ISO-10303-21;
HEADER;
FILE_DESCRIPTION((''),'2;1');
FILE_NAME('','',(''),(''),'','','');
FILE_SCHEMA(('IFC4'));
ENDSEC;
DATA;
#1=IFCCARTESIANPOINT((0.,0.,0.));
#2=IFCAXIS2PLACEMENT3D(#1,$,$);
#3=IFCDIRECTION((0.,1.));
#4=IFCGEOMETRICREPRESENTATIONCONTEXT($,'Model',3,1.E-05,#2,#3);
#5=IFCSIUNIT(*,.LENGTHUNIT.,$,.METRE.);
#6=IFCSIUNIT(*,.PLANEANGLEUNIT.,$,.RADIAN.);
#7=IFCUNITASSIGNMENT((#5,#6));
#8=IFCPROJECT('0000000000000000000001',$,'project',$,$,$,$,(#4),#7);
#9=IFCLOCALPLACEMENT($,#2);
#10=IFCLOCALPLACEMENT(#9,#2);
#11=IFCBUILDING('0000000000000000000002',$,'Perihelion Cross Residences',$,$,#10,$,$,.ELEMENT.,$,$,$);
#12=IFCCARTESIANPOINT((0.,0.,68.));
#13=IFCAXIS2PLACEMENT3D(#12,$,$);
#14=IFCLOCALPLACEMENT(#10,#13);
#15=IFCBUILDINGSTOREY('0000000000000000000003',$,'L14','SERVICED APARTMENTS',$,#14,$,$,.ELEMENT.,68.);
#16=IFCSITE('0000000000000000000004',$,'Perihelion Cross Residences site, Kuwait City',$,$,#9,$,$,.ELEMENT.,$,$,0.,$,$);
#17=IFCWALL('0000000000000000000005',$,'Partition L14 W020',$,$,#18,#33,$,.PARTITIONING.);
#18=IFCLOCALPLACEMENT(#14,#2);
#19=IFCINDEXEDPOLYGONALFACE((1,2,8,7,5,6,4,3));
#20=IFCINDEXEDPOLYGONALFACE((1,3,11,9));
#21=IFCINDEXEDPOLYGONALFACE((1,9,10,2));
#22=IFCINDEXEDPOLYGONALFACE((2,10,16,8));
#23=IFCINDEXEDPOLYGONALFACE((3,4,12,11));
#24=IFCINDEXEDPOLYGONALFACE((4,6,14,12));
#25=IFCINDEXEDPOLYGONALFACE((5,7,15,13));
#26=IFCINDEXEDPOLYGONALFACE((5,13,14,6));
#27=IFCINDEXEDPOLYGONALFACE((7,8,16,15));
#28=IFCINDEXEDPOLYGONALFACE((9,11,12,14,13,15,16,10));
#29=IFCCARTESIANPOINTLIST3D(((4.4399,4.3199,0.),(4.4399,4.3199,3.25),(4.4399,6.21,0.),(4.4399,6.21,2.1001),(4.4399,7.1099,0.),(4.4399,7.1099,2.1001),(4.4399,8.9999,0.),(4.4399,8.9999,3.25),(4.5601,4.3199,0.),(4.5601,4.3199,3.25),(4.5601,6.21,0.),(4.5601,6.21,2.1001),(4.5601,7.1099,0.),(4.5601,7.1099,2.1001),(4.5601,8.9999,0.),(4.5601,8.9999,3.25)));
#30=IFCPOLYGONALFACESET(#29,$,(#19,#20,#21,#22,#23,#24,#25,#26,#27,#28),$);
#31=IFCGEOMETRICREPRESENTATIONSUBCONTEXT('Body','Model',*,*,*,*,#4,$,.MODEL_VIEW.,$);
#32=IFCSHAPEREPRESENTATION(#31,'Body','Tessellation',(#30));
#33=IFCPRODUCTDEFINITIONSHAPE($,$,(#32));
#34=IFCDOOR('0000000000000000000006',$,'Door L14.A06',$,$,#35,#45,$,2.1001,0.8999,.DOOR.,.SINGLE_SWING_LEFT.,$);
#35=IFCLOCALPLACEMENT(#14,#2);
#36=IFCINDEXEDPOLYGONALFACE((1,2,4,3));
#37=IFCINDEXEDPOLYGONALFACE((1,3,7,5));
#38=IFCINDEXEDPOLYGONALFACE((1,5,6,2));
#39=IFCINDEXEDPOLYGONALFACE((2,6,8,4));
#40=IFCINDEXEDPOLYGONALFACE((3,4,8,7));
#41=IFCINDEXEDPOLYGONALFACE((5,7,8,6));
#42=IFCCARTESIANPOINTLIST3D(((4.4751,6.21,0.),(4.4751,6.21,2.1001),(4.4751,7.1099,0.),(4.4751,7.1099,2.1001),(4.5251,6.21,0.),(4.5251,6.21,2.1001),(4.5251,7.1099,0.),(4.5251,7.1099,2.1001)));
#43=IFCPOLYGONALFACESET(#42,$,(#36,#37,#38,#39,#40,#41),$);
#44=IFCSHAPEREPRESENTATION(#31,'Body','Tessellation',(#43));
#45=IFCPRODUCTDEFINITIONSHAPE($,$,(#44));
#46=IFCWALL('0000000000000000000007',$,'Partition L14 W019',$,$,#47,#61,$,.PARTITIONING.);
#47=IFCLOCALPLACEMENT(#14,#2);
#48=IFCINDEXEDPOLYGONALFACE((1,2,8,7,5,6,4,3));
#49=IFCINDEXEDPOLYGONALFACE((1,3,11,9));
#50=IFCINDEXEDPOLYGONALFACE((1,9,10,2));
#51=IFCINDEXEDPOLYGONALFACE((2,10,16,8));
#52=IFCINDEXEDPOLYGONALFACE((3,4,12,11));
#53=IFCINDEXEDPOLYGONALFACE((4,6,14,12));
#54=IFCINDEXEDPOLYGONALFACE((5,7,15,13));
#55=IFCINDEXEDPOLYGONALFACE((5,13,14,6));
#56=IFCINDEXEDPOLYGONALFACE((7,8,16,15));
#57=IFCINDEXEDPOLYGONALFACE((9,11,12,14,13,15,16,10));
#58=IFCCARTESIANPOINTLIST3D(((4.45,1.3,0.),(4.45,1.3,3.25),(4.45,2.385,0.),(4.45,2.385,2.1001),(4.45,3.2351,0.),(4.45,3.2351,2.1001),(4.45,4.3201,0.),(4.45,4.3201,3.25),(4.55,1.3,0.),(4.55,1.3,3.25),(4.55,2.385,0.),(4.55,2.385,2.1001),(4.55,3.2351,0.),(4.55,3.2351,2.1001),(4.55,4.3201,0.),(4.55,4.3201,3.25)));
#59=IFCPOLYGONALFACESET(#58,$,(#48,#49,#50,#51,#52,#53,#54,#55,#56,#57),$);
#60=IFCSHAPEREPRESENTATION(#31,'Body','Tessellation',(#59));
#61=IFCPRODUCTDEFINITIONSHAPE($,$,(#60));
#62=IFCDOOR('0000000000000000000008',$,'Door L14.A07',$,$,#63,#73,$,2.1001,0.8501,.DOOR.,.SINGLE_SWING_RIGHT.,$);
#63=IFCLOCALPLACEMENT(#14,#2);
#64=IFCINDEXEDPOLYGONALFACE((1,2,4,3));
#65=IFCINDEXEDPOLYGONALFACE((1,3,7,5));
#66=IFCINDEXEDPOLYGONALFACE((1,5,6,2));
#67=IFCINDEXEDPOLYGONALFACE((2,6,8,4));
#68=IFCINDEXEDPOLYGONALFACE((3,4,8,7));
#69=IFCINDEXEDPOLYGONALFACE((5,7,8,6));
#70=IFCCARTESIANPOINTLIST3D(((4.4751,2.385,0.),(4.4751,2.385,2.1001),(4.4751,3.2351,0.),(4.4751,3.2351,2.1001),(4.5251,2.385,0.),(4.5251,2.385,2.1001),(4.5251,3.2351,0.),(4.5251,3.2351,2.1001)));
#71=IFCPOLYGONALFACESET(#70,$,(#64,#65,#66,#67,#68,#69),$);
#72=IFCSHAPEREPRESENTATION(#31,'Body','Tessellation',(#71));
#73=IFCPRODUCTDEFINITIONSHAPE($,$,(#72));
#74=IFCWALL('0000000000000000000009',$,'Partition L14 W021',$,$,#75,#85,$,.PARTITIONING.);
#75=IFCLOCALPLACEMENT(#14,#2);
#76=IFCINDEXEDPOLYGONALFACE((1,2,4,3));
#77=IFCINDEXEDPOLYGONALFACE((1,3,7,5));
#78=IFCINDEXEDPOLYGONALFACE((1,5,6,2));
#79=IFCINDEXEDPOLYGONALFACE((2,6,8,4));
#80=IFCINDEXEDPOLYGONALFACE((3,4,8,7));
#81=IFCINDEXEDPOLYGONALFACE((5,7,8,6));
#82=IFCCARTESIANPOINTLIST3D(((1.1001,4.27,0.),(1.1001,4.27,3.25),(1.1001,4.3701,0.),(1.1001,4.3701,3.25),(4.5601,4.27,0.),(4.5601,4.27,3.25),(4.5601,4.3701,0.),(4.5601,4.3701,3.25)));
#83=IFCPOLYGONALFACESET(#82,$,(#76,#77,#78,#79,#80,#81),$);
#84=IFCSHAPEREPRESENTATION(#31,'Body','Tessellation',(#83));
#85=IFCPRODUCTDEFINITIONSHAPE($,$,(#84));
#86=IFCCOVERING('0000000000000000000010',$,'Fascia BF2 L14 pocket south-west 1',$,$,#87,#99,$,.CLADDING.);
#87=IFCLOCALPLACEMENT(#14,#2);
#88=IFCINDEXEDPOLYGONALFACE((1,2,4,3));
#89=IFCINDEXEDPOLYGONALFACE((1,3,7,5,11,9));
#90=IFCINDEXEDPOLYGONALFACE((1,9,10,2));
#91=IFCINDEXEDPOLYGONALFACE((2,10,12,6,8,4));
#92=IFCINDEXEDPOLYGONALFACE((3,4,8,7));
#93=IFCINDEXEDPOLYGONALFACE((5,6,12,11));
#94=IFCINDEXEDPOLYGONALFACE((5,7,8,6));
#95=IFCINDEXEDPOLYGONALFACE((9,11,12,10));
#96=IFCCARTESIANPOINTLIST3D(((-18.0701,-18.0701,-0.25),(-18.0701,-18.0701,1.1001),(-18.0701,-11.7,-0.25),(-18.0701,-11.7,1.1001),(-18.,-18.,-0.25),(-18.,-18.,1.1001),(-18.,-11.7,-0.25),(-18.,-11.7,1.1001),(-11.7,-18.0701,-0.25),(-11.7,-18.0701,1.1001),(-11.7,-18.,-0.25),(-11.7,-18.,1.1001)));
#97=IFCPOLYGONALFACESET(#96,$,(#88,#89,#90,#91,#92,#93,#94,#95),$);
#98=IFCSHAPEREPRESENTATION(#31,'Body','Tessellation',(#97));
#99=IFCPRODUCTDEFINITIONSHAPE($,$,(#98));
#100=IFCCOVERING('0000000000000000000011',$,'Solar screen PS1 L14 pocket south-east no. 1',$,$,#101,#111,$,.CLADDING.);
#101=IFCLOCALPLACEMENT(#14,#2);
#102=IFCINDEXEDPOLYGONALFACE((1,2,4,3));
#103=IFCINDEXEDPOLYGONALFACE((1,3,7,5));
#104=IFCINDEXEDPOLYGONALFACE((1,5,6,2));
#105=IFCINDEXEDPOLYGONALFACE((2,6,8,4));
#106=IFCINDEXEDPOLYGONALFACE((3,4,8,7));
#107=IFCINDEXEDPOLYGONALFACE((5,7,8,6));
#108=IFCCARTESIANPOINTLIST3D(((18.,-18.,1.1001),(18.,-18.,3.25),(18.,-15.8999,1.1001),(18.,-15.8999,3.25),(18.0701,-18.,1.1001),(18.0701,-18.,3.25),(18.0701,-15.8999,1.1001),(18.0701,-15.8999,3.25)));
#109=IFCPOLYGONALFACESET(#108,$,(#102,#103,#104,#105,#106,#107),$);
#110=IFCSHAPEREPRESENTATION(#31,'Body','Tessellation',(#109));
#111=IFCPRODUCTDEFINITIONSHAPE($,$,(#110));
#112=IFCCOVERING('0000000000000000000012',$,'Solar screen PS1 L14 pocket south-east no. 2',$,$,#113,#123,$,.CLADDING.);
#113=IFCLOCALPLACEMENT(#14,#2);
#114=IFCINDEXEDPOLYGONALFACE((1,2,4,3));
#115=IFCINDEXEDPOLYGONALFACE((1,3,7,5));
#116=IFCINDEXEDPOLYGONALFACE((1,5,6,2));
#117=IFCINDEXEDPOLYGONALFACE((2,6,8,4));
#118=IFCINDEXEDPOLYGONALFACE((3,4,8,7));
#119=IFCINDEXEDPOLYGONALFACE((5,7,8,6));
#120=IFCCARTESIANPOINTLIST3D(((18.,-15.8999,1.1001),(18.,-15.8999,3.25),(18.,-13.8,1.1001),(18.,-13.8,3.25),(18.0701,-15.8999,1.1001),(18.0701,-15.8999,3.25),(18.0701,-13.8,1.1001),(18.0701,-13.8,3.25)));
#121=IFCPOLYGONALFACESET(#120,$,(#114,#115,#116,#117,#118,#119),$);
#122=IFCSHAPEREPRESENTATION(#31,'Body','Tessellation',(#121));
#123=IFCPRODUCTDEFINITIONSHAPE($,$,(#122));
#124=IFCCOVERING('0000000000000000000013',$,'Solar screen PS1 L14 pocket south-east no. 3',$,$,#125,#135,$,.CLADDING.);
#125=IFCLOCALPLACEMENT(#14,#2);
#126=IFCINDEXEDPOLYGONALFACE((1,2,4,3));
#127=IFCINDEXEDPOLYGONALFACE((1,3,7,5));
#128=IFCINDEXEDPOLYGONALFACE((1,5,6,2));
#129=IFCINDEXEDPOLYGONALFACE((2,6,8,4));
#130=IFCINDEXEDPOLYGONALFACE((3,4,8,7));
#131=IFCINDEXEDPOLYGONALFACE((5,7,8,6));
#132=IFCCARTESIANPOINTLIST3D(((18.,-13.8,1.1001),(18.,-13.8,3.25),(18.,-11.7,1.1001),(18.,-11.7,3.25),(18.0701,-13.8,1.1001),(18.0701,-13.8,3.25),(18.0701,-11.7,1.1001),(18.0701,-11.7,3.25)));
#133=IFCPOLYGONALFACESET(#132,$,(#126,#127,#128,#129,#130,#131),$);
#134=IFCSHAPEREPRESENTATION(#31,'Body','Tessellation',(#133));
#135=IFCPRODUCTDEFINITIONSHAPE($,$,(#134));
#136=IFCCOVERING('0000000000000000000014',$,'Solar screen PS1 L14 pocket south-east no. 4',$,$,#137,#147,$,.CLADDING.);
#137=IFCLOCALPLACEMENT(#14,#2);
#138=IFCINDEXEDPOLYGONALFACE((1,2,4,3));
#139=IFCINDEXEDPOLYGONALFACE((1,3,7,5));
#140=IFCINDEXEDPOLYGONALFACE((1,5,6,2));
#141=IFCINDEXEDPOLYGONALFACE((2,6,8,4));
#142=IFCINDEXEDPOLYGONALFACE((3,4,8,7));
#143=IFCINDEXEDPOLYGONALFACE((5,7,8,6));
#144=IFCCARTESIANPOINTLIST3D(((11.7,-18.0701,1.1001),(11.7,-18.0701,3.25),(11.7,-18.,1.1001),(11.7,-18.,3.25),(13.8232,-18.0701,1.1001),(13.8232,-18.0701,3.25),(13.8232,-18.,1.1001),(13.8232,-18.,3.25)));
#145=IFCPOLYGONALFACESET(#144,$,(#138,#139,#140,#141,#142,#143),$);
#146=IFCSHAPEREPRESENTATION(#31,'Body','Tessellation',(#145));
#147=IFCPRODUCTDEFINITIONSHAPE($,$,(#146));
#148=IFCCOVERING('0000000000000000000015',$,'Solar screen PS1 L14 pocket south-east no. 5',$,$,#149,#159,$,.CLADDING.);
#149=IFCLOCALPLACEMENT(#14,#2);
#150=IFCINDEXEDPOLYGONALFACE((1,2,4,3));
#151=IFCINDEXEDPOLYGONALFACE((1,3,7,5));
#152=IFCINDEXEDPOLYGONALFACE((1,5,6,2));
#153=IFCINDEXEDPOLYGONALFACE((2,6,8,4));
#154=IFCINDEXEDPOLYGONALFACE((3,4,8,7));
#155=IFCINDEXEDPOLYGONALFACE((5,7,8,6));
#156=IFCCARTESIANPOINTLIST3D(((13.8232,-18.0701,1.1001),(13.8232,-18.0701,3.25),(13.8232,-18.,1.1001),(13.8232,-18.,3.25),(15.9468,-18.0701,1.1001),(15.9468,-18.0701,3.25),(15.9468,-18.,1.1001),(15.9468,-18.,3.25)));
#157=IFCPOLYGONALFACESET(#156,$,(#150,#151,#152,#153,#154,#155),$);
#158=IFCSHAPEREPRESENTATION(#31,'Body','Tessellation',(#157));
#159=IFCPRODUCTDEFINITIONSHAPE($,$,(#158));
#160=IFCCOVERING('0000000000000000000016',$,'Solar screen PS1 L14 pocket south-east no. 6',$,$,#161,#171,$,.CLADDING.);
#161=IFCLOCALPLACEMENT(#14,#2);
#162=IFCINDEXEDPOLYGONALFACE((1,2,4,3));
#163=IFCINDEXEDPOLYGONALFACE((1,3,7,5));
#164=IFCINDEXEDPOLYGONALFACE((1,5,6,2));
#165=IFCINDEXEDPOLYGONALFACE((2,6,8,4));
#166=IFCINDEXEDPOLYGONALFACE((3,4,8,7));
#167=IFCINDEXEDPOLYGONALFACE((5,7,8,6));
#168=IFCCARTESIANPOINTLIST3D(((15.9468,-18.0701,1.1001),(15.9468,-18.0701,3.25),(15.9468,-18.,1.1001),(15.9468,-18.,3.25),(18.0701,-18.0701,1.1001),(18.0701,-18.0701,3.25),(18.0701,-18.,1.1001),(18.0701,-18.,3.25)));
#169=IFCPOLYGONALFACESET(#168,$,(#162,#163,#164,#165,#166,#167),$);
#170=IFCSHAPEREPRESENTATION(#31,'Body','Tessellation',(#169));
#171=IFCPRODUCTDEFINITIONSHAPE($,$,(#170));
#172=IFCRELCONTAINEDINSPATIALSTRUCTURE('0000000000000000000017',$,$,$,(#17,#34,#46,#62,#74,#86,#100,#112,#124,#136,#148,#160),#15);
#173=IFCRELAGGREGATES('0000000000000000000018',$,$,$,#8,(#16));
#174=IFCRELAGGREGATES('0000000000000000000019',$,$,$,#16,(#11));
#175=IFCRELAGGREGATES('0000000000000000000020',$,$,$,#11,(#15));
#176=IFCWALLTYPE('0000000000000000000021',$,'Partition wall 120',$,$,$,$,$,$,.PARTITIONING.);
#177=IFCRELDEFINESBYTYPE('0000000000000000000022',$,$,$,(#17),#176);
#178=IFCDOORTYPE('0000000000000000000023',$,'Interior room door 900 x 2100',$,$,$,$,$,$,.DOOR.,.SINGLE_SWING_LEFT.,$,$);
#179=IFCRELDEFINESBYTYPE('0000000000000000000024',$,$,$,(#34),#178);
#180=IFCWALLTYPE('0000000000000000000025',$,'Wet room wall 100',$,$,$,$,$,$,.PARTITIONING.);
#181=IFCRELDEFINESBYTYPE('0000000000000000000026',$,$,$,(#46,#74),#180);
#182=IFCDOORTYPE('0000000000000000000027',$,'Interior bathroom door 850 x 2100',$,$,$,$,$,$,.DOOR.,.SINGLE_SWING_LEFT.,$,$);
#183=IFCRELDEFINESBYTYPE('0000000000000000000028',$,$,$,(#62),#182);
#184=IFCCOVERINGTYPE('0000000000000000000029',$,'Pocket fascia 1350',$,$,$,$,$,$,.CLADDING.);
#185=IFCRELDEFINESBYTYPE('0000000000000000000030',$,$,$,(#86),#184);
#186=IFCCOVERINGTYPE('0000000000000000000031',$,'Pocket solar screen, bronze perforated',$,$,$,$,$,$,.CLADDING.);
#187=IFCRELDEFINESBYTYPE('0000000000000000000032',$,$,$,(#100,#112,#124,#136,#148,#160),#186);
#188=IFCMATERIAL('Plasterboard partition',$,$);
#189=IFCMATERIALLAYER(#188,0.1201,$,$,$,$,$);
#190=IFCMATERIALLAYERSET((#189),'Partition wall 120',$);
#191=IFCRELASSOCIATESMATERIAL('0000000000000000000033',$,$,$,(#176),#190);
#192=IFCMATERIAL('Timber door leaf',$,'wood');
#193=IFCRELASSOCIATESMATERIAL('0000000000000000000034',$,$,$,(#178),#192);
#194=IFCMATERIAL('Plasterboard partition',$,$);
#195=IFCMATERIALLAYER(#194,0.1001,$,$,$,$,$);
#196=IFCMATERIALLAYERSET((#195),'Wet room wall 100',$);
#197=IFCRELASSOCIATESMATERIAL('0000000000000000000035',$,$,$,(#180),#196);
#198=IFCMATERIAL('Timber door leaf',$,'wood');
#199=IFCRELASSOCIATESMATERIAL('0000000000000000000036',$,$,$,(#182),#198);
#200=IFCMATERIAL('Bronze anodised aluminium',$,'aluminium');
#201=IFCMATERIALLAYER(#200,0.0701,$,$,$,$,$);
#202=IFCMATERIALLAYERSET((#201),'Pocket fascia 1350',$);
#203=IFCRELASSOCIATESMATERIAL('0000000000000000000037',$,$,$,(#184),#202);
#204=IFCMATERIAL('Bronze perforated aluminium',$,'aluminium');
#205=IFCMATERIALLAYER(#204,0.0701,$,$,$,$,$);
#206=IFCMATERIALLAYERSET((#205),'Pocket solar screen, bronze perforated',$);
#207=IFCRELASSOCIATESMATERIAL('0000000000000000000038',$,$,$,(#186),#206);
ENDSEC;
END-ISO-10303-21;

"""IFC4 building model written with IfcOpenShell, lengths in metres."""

from ifc_helpers import new_model, si_unit, direction, frame, frame_2d, origin, place, context, subcontext, project, spatial, polyline, rectangle, outline, extrude, material, layer, layer_set, type_object, element, fill, save


model = new_model("IFC4")

# Units and contexts
model_context = context("Model", 3, precision=1e-05, world=origin(), true_north=direction((0.0, 1.0)))
body_context = subcontext(model_context, "Body", "Model", "MODEL_VIEW")
ifc_project = project(units=[si_unit("LENGTHUNIT", "METRE"), si_unit("PLANEANGLEUNIT", "RADIAN")], contexts=[model_context])

# Site, building, storey
site_placement = place(None, origin())
site = spatial("IfcSite", under=ifc_project, at=site_placement, Name="Perihelion Cross Residences site, Kuwait City", CompositionType="ELEMENT", RefElevation=0.0)
building_placement = place(site_placement, origin())
building = spatial("IfcBuilding", under=site, at=building_placement, Name="Perihelion Cross Residences", CompositionType="ELEMENT")
storey_placement = place(building_placement, frame((0.0, 0.0, 68.0)))
storey = spatial("IfcBuildingStorey", under=building, at=storey_placement, Name="L14", Description="SERVICED APARTMENTS", CompositionType="ELEMENT", Elevation=68.0)

# Walls, openings, doors
ifc_material_1 = material(Name="Plasterboard partition")
ifc_layer_1 = layer(ifc_material_1, 0.1201)
ifc_layer_set_1 = layer_set([ifc_layer_1], Name="Partition wall 120")
wall_type_1 = type_object("IfcWallType", Name="Partition wall 120", PredefinedType="PARTITIONING", material=ifc_layer_set_1)
wall_1_placement = place(storey_placement, frame((4.5, 4.3201, 0.0), z_axis=(0.0, 0.0, 1.0), x_axis=(0.0, 1.0, 0.0)))
wall_1 = element("IfcWall", 1, at=wall_1_placement, inside=storey, type_object=wall_type_1, Name="Partition L14 W020", PredefinedType="PARTITIONING", context=body_context, shape_type="SweptSolid", body=[
    extrude(rectangle(XDim=4.6799, YDim=0.1201, at=frame_2d((2.3398, 0.0))), origin(), (0.0, 0.0, 1.0), 3.25),
])
opening_1_placement = place(wall_1_placement, frame((1.8899, 0.0, 0.0)))
opening_1 = element("IfcOpeningElement", 2, at=opening_1_placement, cuts=wall_1, PredefinedType="OPENING", context=body_context, shape_type="SweptSolid", body=[
    extrude(rectangle(XDim=0.8999, YDim=2.1001, at=frame_2d((0.45, 1.05))), frame((0.0, 0.0701, 0.0), z_axis=(0.0, -1.0, 0.0), x_axis=(1.0, 0.0, 0.0)), (0.0, 0.0, 1.0), 0.1401),
])
ifc_material_2 = material(Name="Timber door leaf", Category="wood")
door_type_1 = type_object("IfcDoorType", Name="Interior room door 900 x 2100", OperationType="SINGLE_SWING_LEFT", PredefinedType="DOOR", material=ifc_material_2)
door_1_placement = place(opening_1_placement, origin())
door_1 = element("IfcDoor", 3, at=door_1_placement, inside=storey, type_object=door_type_1, Name="Door L14.A06", OperationType="SINGLE_SWING_LEFT", OverallHeight=2.1001, OverallWidth=0.8999, PredefinedType="DOOR", context=body_context, shape_type="SweptSolid", body=[
    extrude(rectangle(XDim=0.8999, YDim=2.1001, at=frame_2d((0.45, 1.05))), frame((0.0, 0.0249, 0.0), z_axis=(0.0, -1.0, 0.0), x_axis=(1.0, 0.0, 0.0)), (0.0, 0.0, 1.0), 0.05),
])
fill(opening_1, door_1)
ifc_material_3 = material(Name="Plasterboard partition")
ifc_layer_2 = layer(ifc_material_3, 0.1001)
ifc_layer_set_2 = layer_set([ifc_layer_2], Name="Wet room wall 100")
wall_type_2 = type_object("IfcWallType", Name="Wet room wall 100", PredefinedType="PARTITIONING", material=ifc_layer_set_2)
wall_2_placement = place(storey_placement, frame((4.5, 1.3, 0.0), z_axis=(0.0, 0.0, 1.0), x_axis=(0.0, 1.0, 0.0)))
wall_2 = element("IfcWall", 4, at=wall_2_placement, inside=storey, type_object=wall_type_2, Name="Partition L14 W019", PredefinedType="PARTITIONING", context=body_context, shape_type="SweptSolid", body=[
    extrude(rectangle(XDim=3.02, YDim=0.1001, at=frame_2d((1.51, 0.0))), origin(), (0.0, 0.0, 1.0), 3.25),
])
opening_2_placement = place(wall_2_placement, frame((1.085, 0.0, 0.0)))
opening_2 = element("IfcOpeningElement", 5, at=opening_2_placement, cuts=wall_2, PredefinedType="OPENING", context=body_context, shape_type="SweptSolid", body=[
    extrude(rectangle(XDim=0.8501, YDim=2.1001, at=frame_2d((0.425, 1.05))), frame((0.0, 0.0601, 0.0), z_axis=(0.0, -1.0, 0.0), x_axis=(1.0, 0.0, 0.0)), (0.0, 0.0, 1.0), 0.1201),
])
ifc_material_4 = material(Name="Timber door leaf", Category="wood")
door_type_2 = type_object("IfcDoorType", Name="Interior bathroom door 850 x 2100", OperationType="SINGLE_SWING_LEFT", PredefinedType="DOOR", material=ifc_material_4)
door_2_placement = place(opening_2_placement, origin())
door_2 = element("IfcDoor", 6, at=door_2_placement, inside=storey, type_object=door_type_2, Name="Door L14.A07", OperationType="SINGLE_SWING_RIGHT", OverallHeight=2.1001, OverallWidth=0.8501, PredefinedType="DOOR", context=body_context, shape_type="SweptSolid", body=[
    extrude(rectangle(XDim=0.8501, YDim=2.1001, at=frame_2d((0.425, 1.05))), frame((0.0, 0.0249, 0.0), z_axis=(0.0, -1.0, 0.0), x_axis=(1.0, 0.0, 0.0)), (0.0, 0.0, 1.0), 0.05),
])
fill(opening_2, door_2)

# Wall
wall_3_placement = place(storey_placement, frame((1.1001, 4.3201, 0.0), z_axis=(0.0, 0.0, 1.0), x_axis=(1.0, 0.0, 0.0)))
element("IfcWall", 7, at=wall_3_placement, inside=storey, type_object=wall_type_2, Name="Partition L14 W021", PredefinedType="PARTITIONING", context=body_context, shape_type="SweptSolid", body=[
    extrude(rectangle(XDim=3.46, YDim=0.1001, at=frame_2d((1.73, 0.0))), origin(), (0.0, 0.0, 1.0), 3.25),
])

# Coverings
ifc_material_5 = material(Name="Bronze anodised aluminium", Category="aluminium")
ifc_layer_3 = layer(ifc_material_5, 0.0701)
ifc_layer_set_3 = layer_set([ifc_layer_3], Name="Pocket fascia 1350")
covering_type_1 = type_object("IfcCoveringType", Name="Pocket fascia 1350", PredefinedType="CLADDING", material=ifc_layer_set_3)
covering_1_placement = place(storey_placement, frame((0.0, 0.0, -0.25)))
element("IfcCovering", 8, at=covering_1_placement, inside=storey, type_object=covering_type_1, Name="Fascia BF2 L14 pocket south-west 1", PredefinedType="CLADDING", context=body_context, shape_type="SweptSolid", body=[
    extrude(outline(polyline([(-18.0701, -11.7), (-18.0701, -18.0701), (-11.7, -18.0701), (-11.7, -18.0), (-18.0, -18.0), (-18.0, -11.7), (-18.0701, -11.7)])), origin(), (0.0, 0.0, 1.0), 1.3501),
])
ifc_material_6 = material(Name="Bronze perforated aluminium", Category="aluminium")
ifc_layer_4 = layer(ifc_material_6, 0.0701)
ifc_layer_set_4 = layer_set([ifc_layer_4], Name="Pocket solar screen, bronze perforated")
covering_type_2 = type_object("IfcCoveringType", Name="Pocket solar screen, bronze perforated", PredefinedType="CLADDING", material=ifc_layer_set_4)
covering_2_placement = place(storey_placement, frame((0.0, 0.0, 1.1001)))
element("IfcCovering", 9, at=covering_2_placement, inside=storey, type_object=covering_type_2, Name="Solar screen PS1 L14 pocket south-east no. 1", PredefinedType="CLADDING", context=body_context, shape_type="SweptSolid", body=[
    extrude(outline(polyline([(18.0701, -18.0), (18.0701, -15.8999), (18.0, -15.8999), (18.0, -18.0), (18.0701, -18.0)])), origin(), (0.0, 0.0, 1.0), 2.1499),
])
covering_3_placement = place(storey_placement, frame((0.0, 0.0, 1.1001)))
element("IfcCovering", 10, at=covering_3_placement, inside=storey, type_object=covering_type_2, Name="Solar screen PS1 L14 pocket south-east no. 2", PredefinedType="CLADDING", context=body_context, shape_type="SweptSolid", body=[
    extrude(outline(polyline([(18.0701, -15.8999), (18.0701, -13.8), (18.0, -13.8), (18.0, -15.8999), (18.0701, -15.8999)])), origin(), (0.0, 0.0, 1.0), 2.1499),
])
covering_4_placement = place(storey_placement, frame((0.0, 0.0, 1.1001)))
element("IfcCovering", 11, at=covering_4_placement, inside=storey, type_object=covering_type_2, Name="Solar screen PS1 L14 pocket south-east no. 3", PredefinedType="CLADDING", context=body_context, shape_type="SweptSolid", body=[
    extrude(outline(polyline([(18.0701, -13.8), (18.0701, -11.7), (18.0, -11.7), (18.0, -13.8), (18.0701, -13.8)])), origin(), (0.0, 0.0, 1.0), 2.1499),
])
covering_5_placement = place(storey_placement, frame((0.0, 0.0, 1.1001)))
element("IfcCovering", 12, at=covering_5_placement, inside=storey, type_object=covering_type_2, Name="Solar screen PS1 L14 pocket south-east no. 4", PredefinedType="CLADDING", context=body_context, shape_type="SweptSolid", body=[
    extrude(outline(polyline([(13.8232, -18.0701), (13.8232, -18.0), (11.7, -18.0), (11.7, -18.0701), (13.8232, -18.0701)])), origin(), (0.0, 0.0, 1.0), 2.1499),
])
covering_6_placement = place(storey_placement, frame((0.0, 0.0, 1.1001)))
element("IfcCovering", 13, at=covering_6_placement, inside=storey, type_object=covering_type_2, Name="Solar screen PS1 L14 pocket south-east no. 5", PredefinedType="CLADDING", context=body_context, shape_type="SweptSolid", body=[
    extrude(outline(polyline([(15.9468, -18.0701), (15.9468, -18.0), (13.8232, -18.0), (13.8232, -18.0701), (15.9468, -18.0701)])), origin(), (0.0, 0.0, 1.0), 2.1499),
])
covering_7_placement = place(storey_placement, frame((0.0, 0.0, 1.1001)))
element("IfcCovering", 14, at=covering_7_placement, inside=storey, type_object=covering_type_2, Name="Solar screen PS1 L14 pocket south-east no. 6", PredefinedType="CLADDING", context=body_context, shape_type="SweptSolid", body=[
    extrude(outline(polyline([(18.0701, -18.0701), (18.0701, -18.0), (15.9468, -18.0), (15.9468, -18.0701), (18.0701, -18.0701)])), origin(), (0.0, 0.0, 1.0), 2.1499),
])

save(model, "model.ifc")
